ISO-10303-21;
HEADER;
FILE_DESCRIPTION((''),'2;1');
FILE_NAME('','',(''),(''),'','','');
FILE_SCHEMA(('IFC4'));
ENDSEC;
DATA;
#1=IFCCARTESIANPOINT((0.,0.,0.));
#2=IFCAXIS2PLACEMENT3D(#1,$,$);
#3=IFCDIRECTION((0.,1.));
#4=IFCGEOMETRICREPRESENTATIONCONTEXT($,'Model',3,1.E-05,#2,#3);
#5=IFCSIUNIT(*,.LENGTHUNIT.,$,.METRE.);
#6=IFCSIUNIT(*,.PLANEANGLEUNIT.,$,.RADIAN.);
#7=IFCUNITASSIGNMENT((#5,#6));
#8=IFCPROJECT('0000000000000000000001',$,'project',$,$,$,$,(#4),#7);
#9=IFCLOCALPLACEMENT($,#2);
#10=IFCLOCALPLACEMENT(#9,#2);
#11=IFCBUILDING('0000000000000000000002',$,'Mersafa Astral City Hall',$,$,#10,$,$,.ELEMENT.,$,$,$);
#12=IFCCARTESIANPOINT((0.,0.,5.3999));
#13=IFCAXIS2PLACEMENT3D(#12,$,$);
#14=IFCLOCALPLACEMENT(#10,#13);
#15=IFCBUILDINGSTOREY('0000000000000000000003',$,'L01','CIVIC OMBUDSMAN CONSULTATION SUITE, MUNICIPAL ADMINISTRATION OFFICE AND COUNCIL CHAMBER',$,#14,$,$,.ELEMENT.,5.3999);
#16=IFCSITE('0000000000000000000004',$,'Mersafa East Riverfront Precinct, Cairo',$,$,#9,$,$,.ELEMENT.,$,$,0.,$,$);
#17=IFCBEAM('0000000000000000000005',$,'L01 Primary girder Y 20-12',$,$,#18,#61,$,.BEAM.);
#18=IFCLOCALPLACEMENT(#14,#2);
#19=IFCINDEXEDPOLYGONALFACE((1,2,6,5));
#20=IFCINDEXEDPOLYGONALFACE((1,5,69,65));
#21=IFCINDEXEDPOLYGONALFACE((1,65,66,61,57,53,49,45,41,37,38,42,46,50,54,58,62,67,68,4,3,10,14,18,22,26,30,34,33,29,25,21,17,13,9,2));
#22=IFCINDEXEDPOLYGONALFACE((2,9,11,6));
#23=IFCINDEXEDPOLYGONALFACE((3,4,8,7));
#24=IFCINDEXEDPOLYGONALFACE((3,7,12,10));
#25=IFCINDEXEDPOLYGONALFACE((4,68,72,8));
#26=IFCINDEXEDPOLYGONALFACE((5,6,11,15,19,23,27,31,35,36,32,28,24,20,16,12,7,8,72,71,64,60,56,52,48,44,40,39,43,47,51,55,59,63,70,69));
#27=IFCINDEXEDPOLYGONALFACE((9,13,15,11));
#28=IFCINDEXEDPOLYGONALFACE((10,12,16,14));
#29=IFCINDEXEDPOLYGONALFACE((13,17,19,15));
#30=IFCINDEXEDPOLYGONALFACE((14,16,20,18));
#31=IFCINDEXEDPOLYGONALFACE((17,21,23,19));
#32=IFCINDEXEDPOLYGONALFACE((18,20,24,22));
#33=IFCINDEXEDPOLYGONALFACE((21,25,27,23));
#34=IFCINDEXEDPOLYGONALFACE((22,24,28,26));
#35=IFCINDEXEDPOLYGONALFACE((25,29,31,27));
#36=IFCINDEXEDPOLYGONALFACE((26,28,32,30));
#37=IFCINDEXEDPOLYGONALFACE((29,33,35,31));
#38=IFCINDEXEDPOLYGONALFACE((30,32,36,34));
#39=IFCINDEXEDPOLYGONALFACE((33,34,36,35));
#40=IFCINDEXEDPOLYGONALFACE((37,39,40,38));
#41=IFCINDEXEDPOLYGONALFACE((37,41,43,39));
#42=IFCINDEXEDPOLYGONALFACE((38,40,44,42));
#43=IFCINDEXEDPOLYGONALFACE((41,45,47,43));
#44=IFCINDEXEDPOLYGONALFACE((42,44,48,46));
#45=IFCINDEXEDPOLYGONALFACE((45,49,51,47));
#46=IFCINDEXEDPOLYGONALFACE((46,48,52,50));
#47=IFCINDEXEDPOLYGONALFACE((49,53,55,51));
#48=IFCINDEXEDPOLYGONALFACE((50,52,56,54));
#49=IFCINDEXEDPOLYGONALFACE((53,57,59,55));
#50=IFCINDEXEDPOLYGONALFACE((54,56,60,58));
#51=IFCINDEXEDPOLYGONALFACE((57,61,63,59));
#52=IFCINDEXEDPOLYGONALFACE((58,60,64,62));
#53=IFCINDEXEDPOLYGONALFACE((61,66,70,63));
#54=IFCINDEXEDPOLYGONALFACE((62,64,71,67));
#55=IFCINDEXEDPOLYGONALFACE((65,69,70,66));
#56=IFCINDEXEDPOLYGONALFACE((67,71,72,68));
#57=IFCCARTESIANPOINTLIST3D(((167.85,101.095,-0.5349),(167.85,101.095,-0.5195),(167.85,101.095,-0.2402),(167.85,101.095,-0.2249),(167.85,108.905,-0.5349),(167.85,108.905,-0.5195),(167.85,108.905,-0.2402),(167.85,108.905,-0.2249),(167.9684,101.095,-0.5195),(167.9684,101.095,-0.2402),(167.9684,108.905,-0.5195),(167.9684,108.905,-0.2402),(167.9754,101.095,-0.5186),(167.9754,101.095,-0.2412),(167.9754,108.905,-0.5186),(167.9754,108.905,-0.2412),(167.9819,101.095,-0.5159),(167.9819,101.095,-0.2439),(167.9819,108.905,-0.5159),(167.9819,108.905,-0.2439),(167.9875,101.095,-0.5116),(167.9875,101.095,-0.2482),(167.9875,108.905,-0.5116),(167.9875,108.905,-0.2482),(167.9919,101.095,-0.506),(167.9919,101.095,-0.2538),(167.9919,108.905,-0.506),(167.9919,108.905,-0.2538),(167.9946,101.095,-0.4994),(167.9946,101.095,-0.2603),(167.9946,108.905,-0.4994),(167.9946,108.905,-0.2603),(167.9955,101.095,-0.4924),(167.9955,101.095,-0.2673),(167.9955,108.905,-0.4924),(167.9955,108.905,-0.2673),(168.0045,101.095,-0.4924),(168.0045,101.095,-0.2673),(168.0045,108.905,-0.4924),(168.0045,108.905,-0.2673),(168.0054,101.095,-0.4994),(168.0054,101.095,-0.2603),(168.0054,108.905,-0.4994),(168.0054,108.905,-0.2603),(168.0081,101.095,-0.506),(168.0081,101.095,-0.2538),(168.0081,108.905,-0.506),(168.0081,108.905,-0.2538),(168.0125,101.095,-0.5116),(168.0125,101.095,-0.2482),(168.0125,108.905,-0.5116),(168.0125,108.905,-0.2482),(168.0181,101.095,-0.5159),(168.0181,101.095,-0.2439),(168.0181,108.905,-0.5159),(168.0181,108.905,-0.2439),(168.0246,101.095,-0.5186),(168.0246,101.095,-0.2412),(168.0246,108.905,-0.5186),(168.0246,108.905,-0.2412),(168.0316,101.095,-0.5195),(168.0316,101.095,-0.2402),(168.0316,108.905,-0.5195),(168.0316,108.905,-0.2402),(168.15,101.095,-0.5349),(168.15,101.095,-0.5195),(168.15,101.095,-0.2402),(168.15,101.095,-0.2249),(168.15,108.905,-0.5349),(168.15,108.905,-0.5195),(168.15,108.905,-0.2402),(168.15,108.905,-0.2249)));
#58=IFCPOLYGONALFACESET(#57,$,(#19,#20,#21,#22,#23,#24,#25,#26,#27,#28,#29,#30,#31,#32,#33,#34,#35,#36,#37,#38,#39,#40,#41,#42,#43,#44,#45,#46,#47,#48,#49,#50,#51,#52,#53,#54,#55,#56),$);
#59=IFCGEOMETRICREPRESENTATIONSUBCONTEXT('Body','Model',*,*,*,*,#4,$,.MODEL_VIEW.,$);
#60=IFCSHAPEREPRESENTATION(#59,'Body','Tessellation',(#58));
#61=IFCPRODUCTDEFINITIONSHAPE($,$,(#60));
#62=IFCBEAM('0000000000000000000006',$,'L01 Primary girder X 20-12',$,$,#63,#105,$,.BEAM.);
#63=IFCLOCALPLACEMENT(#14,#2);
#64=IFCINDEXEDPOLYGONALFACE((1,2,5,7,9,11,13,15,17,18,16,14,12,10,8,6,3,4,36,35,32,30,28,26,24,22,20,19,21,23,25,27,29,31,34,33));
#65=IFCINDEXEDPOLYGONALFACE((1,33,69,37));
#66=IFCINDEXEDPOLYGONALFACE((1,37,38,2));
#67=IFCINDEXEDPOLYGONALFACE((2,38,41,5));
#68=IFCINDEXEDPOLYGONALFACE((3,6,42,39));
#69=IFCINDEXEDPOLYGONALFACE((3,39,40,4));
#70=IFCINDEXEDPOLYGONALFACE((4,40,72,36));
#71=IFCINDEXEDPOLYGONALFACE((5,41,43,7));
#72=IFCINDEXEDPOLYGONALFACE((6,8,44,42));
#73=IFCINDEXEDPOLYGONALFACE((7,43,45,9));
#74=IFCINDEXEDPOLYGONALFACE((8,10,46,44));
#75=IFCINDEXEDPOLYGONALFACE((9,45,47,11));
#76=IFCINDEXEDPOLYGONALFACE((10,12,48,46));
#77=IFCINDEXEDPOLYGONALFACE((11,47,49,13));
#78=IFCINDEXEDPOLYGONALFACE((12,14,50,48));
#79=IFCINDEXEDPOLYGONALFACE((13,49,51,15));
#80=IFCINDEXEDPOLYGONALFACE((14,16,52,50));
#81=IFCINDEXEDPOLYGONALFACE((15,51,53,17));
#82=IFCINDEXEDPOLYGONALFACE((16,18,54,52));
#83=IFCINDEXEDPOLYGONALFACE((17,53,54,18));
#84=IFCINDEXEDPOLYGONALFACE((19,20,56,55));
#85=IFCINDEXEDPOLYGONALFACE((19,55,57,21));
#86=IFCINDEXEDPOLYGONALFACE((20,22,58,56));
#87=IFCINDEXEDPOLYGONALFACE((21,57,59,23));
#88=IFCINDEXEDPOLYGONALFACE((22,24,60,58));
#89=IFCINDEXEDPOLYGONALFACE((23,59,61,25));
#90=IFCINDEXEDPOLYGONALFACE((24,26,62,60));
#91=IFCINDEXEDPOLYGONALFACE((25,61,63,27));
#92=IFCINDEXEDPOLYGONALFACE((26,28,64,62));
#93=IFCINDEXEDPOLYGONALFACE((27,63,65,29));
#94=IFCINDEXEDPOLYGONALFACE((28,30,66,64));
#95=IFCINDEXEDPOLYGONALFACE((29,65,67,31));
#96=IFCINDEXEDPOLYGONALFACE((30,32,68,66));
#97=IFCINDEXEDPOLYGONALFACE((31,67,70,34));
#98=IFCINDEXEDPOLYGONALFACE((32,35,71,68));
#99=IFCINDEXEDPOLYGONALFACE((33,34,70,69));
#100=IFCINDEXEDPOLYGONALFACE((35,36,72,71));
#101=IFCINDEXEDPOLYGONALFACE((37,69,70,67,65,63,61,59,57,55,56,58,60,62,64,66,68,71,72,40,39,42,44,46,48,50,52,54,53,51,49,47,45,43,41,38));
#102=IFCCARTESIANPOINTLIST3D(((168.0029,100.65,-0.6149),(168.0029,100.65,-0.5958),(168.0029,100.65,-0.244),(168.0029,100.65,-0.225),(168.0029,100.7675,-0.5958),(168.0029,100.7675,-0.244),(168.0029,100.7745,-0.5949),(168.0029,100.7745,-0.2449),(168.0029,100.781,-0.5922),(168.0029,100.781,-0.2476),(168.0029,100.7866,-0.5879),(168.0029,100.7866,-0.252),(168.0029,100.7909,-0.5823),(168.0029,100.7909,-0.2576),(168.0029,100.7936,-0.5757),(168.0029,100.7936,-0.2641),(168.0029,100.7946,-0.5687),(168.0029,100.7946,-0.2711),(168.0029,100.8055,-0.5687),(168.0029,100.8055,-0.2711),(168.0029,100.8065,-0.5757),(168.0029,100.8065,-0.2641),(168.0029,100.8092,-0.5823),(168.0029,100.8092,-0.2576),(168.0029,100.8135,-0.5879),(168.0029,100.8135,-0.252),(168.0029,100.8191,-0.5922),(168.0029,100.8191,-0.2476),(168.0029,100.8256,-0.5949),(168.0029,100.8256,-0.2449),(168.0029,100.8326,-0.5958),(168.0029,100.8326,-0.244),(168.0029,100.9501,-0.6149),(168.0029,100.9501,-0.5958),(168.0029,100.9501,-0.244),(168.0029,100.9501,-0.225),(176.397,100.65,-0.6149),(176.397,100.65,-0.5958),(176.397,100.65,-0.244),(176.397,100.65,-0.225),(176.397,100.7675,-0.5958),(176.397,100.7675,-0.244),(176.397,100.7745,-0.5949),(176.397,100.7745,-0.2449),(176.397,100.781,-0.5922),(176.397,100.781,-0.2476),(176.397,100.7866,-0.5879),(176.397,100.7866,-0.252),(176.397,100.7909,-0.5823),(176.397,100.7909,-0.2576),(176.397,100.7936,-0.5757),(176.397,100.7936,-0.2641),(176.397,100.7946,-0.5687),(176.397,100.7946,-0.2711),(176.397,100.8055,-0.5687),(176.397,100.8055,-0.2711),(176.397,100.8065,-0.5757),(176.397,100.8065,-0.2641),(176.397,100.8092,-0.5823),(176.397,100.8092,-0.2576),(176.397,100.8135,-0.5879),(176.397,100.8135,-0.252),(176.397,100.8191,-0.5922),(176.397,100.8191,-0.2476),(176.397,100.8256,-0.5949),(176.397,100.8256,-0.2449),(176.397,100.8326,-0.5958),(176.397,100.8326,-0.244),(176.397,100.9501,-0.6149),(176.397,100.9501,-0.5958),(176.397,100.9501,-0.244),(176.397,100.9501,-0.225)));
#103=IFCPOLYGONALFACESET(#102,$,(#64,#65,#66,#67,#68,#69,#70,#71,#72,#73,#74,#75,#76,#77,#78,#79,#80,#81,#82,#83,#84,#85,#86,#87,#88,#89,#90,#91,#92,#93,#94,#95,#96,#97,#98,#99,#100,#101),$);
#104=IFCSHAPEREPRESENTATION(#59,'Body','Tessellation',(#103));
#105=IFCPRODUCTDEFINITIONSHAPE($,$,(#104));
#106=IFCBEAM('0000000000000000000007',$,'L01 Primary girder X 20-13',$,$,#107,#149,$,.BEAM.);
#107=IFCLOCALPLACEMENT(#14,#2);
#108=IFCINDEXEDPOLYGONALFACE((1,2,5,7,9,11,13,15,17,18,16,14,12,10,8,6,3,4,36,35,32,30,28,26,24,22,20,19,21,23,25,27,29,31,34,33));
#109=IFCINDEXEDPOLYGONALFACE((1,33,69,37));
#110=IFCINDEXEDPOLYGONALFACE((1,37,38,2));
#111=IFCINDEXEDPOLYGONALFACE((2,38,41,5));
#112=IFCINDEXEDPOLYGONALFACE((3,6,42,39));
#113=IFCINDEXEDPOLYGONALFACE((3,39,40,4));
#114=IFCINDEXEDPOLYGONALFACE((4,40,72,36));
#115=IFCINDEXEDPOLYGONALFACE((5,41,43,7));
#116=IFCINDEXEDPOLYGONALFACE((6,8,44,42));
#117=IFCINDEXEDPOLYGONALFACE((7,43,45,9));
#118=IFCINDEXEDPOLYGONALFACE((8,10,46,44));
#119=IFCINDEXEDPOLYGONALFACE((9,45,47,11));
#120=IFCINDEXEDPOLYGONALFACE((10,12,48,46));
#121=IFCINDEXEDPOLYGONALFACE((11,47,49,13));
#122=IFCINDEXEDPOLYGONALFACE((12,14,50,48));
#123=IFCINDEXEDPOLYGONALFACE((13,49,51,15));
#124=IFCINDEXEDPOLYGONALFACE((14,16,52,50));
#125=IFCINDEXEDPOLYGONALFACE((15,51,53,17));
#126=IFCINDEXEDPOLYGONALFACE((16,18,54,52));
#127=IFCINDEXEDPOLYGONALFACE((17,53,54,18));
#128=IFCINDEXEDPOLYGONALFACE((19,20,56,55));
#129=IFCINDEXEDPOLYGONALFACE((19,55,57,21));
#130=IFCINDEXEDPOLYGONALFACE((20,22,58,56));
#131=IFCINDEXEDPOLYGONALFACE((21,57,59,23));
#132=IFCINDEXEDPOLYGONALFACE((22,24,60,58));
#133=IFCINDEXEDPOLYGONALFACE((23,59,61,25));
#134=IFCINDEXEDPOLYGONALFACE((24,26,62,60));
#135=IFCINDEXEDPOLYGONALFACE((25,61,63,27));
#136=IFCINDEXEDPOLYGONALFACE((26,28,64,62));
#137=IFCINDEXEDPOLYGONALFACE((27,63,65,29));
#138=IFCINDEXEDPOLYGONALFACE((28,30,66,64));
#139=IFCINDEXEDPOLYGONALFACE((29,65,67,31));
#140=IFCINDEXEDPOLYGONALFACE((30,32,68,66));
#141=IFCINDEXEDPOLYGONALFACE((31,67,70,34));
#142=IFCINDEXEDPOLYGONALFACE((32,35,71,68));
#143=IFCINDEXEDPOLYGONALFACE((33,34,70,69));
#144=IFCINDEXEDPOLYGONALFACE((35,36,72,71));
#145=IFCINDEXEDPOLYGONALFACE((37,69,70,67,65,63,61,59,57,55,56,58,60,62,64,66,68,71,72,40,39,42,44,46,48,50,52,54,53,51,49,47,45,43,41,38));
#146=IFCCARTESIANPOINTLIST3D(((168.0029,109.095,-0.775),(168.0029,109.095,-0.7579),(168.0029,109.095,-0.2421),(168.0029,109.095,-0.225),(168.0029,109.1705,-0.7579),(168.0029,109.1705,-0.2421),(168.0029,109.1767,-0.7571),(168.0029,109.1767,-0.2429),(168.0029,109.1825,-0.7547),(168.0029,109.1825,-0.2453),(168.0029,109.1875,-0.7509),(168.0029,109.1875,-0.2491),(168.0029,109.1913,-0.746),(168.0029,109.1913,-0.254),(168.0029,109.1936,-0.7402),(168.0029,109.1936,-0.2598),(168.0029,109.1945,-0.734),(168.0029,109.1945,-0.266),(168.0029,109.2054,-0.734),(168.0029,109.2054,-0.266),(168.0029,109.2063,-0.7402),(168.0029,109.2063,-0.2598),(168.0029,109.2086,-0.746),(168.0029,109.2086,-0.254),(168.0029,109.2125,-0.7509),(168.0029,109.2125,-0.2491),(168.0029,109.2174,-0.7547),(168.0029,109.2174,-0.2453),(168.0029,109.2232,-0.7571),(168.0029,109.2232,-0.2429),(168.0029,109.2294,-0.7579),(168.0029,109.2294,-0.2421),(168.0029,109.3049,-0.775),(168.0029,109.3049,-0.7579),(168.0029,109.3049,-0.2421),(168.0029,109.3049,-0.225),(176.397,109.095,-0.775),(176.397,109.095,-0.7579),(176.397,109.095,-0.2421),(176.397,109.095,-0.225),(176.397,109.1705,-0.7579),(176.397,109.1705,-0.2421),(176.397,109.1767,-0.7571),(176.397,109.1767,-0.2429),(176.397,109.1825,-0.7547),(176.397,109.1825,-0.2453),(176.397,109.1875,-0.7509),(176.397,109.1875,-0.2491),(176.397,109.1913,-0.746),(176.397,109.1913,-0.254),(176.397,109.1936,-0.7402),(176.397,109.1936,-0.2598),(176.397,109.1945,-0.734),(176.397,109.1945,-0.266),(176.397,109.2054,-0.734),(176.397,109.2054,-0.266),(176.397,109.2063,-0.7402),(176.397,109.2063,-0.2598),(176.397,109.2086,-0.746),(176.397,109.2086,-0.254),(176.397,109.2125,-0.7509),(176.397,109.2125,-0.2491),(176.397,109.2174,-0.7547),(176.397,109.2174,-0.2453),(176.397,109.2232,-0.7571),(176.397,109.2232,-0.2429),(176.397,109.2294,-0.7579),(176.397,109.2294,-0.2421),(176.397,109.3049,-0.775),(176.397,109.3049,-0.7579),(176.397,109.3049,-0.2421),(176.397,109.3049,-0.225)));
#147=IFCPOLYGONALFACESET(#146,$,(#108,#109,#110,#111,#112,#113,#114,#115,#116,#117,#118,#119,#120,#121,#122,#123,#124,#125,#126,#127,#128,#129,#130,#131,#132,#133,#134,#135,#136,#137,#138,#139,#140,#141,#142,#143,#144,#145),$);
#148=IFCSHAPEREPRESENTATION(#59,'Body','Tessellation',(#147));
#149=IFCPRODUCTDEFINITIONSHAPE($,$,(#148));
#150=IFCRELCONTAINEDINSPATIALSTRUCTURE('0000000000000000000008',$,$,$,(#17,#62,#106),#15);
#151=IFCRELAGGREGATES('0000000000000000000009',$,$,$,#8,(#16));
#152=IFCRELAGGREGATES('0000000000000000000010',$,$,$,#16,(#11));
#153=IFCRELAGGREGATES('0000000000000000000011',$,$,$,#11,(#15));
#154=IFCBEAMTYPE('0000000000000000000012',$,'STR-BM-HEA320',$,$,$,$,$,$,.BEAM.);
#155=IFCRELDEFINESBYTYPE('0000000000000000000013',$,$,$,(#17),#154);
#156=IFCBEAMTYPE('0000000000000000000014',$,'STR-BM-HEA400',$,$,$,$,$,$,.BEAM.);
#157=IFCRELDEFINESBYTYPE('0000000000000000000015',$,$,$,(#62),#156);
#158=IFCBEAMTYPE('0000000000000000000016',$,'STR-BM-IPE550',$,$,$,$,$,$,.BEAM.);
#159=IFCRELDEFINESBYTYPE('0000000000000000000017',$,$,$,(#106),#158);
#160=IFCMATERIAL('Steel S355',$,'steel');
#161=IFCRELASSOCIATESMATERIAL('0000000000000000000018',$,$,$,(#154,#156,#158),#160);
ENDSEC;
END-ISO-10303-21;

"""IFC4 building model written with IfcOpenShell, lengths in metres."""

from ifc_helpers import new_model, si_unit, direction, frame, origin, origin_2d, place, context, subcontext, project, spatial, i_section, extrude, material, material_profile, profile_set, type_object, element, save


model = new_model("IFC4")

# Units and contexts
model_context = context("Model", 3, precision=1e-05, world=origin(), true_north=direction((0.0, 1.0)))
body_context = subcontext(model_context, "Body", "Model", "MODEL_VIEW")
ifc_project = project(units=[si_unit("LENGTHUNIT", "METRE"), si_unit("PLANEANGLEUNIT", "RADIAN")], contexts=[model_context])

# Site, building, storey
site_placement = place(None, origin())
site = spatial("IfcSite", under=ifc_project, at=site_placement, Name="Mersafa East Riverfront Precinct, Cairo", CompositionType="ELEMENT", RefElevation=0.0)
building_placement = place(site_placement, origin())
building = spatial("IfcBuilding", under=site, at=building_placement, Name="Mersafa Astral City Hall", CompositionType="ELEMENT")
storey_placement = place(building_placement, frame((0.0, 0.0, 5.3999)))
storey = spatial("IfcBuildingStorey", under=building, at=storey_placement, Name="L01", Description="CIVIC OMBUDSMAN CONSULTATION SUITE, MUNICIPAL ADMINISTRATION OFFICE AND COUNCIL CHAMBER", CompositionType="ELEMENT", Elevation=5.3999)

# Shared definitions
ifc_material_1 = material(Name="Steel S355", Category="steel")

# Beams
ifc_material_profile_1 = material_profile(ifc_material_1, i_section(OverallWidth=0.3, OverallDepth=0.3101, WebThickness=0.009, FlangeThickness=0.0154, FilletRadius=0.0271, at=origin_2d()), Name="HEA 320")
ifc_profile_set_1 = profile_set([ifc_material_profile_1], Name="Steel S355")
beam_type_1 = type_object("IfcBeamType", Name="STR-BM-HEA320", PredefinedType="BEAM", material=ifc_profile_set_1)
beam_1_placement = place(storey_placement, frame((168.0, 101.095, -0.3799), z_axis=(0.0, 1.0, 0.0), x_axis=(-1.0, 0.0, 0.0)))
element("IfcBeam", 1, at=beam_1_placement, inside=storey, type_object=beam_type_1, Name="L01 Primary girder Y 20-12", PredefinedType="BEAM", context=body_context, shape_type="SweptSolid", body=[
    extrude(i_section(OverallWidth=0.3, OverallDepth=0.3101, WebThickness=0.009, FlangeThickness=0.0154, FilletRadius=0.0271, at=origin_2d()), origin(), (0.0, 0.0, 1.0), 7.8101),
])
ifc_material_profile_2 = material_profile(ifc_material_1, i_section(OverallWidth=0.3, OverallDepth=0.3899, WebThickness=0.011, FlangeThickness=0.019, FilletRadius=0.0271, at=origin_2d()), Name="HEA 400")
ifc_profile_set_2 = profile_set([ifc_material_profile_2], Name="Steel S355")
beam_type_2 = type_object("IfcBeamType", Name="STR-BM-HEA400", PredefinedType="BEAM", material=ifc_profile_set_2)
beam_2_placement = place(storey_placement, frame((168.0029, 100.8, -0.4199), z_axis=(1.0, 0.0, 0.0), x_axis=(0.0, 1.0, 0.0)))
element("IfcBeam", 2, at=beam_2_placement, inside=storey, type_object=beam_type_2, Name="L01 Primary girder X 20-12", PredefinedType="BEAM", context=body_context, shape_type="SweptSolid", body=[
    extrude(i_section(OverallWidth=0.3, OverallDepth=0.3899, WebThickness=0.011, FlangeThickness=0.019, FilletRadius=0.0271, at=origin_2d()), origin(), (0.0, 0.0, 1.0), 8.394),
])
ifc_material_profile_3 = material_profile(ifc_material_1, i_section(OverallWidth=0.21, OverallDepth=0.55, WebThickness=0.011, FlangeThickness=0.0171, FilletRadius=0.0239, at=origin_2d()), Name="IPE 550")
ifc_profile_set_3 = profile_set([ifc_material_profile_3], Name="Steel S355")
beam_type_3 = type_object("IfcBeamType", Name="STR-BM-IPE550", PredefinedType="BEAM", material=ifc_profile_set_3)
beam_3_placement = place(storey_placement, frame((168.0029, 109.2, -0.5), z_axis=(1.0, 0.0, 0.0), x_axis=(0.0, 1.0, 0.0)))
element("IfcBeam", 3, at=beam_3_placement, inside=storey, type_object=beam_type_3, Name="L01 Primary girder X 20-13", PredefinedType="BEAM", context=body_context, shape_type="SweptSolid", body=[
    extrude(i_section(OverallWidth=0.21, OverallDepth=0.55, WebThickness=0.011, FlangeThickness=0.0171, FilletRadius=0.0239, at=origin_2d()), origin(), (0.0, 0.0, 1.0), 8.394),
])

save(model, "model.ifc")
